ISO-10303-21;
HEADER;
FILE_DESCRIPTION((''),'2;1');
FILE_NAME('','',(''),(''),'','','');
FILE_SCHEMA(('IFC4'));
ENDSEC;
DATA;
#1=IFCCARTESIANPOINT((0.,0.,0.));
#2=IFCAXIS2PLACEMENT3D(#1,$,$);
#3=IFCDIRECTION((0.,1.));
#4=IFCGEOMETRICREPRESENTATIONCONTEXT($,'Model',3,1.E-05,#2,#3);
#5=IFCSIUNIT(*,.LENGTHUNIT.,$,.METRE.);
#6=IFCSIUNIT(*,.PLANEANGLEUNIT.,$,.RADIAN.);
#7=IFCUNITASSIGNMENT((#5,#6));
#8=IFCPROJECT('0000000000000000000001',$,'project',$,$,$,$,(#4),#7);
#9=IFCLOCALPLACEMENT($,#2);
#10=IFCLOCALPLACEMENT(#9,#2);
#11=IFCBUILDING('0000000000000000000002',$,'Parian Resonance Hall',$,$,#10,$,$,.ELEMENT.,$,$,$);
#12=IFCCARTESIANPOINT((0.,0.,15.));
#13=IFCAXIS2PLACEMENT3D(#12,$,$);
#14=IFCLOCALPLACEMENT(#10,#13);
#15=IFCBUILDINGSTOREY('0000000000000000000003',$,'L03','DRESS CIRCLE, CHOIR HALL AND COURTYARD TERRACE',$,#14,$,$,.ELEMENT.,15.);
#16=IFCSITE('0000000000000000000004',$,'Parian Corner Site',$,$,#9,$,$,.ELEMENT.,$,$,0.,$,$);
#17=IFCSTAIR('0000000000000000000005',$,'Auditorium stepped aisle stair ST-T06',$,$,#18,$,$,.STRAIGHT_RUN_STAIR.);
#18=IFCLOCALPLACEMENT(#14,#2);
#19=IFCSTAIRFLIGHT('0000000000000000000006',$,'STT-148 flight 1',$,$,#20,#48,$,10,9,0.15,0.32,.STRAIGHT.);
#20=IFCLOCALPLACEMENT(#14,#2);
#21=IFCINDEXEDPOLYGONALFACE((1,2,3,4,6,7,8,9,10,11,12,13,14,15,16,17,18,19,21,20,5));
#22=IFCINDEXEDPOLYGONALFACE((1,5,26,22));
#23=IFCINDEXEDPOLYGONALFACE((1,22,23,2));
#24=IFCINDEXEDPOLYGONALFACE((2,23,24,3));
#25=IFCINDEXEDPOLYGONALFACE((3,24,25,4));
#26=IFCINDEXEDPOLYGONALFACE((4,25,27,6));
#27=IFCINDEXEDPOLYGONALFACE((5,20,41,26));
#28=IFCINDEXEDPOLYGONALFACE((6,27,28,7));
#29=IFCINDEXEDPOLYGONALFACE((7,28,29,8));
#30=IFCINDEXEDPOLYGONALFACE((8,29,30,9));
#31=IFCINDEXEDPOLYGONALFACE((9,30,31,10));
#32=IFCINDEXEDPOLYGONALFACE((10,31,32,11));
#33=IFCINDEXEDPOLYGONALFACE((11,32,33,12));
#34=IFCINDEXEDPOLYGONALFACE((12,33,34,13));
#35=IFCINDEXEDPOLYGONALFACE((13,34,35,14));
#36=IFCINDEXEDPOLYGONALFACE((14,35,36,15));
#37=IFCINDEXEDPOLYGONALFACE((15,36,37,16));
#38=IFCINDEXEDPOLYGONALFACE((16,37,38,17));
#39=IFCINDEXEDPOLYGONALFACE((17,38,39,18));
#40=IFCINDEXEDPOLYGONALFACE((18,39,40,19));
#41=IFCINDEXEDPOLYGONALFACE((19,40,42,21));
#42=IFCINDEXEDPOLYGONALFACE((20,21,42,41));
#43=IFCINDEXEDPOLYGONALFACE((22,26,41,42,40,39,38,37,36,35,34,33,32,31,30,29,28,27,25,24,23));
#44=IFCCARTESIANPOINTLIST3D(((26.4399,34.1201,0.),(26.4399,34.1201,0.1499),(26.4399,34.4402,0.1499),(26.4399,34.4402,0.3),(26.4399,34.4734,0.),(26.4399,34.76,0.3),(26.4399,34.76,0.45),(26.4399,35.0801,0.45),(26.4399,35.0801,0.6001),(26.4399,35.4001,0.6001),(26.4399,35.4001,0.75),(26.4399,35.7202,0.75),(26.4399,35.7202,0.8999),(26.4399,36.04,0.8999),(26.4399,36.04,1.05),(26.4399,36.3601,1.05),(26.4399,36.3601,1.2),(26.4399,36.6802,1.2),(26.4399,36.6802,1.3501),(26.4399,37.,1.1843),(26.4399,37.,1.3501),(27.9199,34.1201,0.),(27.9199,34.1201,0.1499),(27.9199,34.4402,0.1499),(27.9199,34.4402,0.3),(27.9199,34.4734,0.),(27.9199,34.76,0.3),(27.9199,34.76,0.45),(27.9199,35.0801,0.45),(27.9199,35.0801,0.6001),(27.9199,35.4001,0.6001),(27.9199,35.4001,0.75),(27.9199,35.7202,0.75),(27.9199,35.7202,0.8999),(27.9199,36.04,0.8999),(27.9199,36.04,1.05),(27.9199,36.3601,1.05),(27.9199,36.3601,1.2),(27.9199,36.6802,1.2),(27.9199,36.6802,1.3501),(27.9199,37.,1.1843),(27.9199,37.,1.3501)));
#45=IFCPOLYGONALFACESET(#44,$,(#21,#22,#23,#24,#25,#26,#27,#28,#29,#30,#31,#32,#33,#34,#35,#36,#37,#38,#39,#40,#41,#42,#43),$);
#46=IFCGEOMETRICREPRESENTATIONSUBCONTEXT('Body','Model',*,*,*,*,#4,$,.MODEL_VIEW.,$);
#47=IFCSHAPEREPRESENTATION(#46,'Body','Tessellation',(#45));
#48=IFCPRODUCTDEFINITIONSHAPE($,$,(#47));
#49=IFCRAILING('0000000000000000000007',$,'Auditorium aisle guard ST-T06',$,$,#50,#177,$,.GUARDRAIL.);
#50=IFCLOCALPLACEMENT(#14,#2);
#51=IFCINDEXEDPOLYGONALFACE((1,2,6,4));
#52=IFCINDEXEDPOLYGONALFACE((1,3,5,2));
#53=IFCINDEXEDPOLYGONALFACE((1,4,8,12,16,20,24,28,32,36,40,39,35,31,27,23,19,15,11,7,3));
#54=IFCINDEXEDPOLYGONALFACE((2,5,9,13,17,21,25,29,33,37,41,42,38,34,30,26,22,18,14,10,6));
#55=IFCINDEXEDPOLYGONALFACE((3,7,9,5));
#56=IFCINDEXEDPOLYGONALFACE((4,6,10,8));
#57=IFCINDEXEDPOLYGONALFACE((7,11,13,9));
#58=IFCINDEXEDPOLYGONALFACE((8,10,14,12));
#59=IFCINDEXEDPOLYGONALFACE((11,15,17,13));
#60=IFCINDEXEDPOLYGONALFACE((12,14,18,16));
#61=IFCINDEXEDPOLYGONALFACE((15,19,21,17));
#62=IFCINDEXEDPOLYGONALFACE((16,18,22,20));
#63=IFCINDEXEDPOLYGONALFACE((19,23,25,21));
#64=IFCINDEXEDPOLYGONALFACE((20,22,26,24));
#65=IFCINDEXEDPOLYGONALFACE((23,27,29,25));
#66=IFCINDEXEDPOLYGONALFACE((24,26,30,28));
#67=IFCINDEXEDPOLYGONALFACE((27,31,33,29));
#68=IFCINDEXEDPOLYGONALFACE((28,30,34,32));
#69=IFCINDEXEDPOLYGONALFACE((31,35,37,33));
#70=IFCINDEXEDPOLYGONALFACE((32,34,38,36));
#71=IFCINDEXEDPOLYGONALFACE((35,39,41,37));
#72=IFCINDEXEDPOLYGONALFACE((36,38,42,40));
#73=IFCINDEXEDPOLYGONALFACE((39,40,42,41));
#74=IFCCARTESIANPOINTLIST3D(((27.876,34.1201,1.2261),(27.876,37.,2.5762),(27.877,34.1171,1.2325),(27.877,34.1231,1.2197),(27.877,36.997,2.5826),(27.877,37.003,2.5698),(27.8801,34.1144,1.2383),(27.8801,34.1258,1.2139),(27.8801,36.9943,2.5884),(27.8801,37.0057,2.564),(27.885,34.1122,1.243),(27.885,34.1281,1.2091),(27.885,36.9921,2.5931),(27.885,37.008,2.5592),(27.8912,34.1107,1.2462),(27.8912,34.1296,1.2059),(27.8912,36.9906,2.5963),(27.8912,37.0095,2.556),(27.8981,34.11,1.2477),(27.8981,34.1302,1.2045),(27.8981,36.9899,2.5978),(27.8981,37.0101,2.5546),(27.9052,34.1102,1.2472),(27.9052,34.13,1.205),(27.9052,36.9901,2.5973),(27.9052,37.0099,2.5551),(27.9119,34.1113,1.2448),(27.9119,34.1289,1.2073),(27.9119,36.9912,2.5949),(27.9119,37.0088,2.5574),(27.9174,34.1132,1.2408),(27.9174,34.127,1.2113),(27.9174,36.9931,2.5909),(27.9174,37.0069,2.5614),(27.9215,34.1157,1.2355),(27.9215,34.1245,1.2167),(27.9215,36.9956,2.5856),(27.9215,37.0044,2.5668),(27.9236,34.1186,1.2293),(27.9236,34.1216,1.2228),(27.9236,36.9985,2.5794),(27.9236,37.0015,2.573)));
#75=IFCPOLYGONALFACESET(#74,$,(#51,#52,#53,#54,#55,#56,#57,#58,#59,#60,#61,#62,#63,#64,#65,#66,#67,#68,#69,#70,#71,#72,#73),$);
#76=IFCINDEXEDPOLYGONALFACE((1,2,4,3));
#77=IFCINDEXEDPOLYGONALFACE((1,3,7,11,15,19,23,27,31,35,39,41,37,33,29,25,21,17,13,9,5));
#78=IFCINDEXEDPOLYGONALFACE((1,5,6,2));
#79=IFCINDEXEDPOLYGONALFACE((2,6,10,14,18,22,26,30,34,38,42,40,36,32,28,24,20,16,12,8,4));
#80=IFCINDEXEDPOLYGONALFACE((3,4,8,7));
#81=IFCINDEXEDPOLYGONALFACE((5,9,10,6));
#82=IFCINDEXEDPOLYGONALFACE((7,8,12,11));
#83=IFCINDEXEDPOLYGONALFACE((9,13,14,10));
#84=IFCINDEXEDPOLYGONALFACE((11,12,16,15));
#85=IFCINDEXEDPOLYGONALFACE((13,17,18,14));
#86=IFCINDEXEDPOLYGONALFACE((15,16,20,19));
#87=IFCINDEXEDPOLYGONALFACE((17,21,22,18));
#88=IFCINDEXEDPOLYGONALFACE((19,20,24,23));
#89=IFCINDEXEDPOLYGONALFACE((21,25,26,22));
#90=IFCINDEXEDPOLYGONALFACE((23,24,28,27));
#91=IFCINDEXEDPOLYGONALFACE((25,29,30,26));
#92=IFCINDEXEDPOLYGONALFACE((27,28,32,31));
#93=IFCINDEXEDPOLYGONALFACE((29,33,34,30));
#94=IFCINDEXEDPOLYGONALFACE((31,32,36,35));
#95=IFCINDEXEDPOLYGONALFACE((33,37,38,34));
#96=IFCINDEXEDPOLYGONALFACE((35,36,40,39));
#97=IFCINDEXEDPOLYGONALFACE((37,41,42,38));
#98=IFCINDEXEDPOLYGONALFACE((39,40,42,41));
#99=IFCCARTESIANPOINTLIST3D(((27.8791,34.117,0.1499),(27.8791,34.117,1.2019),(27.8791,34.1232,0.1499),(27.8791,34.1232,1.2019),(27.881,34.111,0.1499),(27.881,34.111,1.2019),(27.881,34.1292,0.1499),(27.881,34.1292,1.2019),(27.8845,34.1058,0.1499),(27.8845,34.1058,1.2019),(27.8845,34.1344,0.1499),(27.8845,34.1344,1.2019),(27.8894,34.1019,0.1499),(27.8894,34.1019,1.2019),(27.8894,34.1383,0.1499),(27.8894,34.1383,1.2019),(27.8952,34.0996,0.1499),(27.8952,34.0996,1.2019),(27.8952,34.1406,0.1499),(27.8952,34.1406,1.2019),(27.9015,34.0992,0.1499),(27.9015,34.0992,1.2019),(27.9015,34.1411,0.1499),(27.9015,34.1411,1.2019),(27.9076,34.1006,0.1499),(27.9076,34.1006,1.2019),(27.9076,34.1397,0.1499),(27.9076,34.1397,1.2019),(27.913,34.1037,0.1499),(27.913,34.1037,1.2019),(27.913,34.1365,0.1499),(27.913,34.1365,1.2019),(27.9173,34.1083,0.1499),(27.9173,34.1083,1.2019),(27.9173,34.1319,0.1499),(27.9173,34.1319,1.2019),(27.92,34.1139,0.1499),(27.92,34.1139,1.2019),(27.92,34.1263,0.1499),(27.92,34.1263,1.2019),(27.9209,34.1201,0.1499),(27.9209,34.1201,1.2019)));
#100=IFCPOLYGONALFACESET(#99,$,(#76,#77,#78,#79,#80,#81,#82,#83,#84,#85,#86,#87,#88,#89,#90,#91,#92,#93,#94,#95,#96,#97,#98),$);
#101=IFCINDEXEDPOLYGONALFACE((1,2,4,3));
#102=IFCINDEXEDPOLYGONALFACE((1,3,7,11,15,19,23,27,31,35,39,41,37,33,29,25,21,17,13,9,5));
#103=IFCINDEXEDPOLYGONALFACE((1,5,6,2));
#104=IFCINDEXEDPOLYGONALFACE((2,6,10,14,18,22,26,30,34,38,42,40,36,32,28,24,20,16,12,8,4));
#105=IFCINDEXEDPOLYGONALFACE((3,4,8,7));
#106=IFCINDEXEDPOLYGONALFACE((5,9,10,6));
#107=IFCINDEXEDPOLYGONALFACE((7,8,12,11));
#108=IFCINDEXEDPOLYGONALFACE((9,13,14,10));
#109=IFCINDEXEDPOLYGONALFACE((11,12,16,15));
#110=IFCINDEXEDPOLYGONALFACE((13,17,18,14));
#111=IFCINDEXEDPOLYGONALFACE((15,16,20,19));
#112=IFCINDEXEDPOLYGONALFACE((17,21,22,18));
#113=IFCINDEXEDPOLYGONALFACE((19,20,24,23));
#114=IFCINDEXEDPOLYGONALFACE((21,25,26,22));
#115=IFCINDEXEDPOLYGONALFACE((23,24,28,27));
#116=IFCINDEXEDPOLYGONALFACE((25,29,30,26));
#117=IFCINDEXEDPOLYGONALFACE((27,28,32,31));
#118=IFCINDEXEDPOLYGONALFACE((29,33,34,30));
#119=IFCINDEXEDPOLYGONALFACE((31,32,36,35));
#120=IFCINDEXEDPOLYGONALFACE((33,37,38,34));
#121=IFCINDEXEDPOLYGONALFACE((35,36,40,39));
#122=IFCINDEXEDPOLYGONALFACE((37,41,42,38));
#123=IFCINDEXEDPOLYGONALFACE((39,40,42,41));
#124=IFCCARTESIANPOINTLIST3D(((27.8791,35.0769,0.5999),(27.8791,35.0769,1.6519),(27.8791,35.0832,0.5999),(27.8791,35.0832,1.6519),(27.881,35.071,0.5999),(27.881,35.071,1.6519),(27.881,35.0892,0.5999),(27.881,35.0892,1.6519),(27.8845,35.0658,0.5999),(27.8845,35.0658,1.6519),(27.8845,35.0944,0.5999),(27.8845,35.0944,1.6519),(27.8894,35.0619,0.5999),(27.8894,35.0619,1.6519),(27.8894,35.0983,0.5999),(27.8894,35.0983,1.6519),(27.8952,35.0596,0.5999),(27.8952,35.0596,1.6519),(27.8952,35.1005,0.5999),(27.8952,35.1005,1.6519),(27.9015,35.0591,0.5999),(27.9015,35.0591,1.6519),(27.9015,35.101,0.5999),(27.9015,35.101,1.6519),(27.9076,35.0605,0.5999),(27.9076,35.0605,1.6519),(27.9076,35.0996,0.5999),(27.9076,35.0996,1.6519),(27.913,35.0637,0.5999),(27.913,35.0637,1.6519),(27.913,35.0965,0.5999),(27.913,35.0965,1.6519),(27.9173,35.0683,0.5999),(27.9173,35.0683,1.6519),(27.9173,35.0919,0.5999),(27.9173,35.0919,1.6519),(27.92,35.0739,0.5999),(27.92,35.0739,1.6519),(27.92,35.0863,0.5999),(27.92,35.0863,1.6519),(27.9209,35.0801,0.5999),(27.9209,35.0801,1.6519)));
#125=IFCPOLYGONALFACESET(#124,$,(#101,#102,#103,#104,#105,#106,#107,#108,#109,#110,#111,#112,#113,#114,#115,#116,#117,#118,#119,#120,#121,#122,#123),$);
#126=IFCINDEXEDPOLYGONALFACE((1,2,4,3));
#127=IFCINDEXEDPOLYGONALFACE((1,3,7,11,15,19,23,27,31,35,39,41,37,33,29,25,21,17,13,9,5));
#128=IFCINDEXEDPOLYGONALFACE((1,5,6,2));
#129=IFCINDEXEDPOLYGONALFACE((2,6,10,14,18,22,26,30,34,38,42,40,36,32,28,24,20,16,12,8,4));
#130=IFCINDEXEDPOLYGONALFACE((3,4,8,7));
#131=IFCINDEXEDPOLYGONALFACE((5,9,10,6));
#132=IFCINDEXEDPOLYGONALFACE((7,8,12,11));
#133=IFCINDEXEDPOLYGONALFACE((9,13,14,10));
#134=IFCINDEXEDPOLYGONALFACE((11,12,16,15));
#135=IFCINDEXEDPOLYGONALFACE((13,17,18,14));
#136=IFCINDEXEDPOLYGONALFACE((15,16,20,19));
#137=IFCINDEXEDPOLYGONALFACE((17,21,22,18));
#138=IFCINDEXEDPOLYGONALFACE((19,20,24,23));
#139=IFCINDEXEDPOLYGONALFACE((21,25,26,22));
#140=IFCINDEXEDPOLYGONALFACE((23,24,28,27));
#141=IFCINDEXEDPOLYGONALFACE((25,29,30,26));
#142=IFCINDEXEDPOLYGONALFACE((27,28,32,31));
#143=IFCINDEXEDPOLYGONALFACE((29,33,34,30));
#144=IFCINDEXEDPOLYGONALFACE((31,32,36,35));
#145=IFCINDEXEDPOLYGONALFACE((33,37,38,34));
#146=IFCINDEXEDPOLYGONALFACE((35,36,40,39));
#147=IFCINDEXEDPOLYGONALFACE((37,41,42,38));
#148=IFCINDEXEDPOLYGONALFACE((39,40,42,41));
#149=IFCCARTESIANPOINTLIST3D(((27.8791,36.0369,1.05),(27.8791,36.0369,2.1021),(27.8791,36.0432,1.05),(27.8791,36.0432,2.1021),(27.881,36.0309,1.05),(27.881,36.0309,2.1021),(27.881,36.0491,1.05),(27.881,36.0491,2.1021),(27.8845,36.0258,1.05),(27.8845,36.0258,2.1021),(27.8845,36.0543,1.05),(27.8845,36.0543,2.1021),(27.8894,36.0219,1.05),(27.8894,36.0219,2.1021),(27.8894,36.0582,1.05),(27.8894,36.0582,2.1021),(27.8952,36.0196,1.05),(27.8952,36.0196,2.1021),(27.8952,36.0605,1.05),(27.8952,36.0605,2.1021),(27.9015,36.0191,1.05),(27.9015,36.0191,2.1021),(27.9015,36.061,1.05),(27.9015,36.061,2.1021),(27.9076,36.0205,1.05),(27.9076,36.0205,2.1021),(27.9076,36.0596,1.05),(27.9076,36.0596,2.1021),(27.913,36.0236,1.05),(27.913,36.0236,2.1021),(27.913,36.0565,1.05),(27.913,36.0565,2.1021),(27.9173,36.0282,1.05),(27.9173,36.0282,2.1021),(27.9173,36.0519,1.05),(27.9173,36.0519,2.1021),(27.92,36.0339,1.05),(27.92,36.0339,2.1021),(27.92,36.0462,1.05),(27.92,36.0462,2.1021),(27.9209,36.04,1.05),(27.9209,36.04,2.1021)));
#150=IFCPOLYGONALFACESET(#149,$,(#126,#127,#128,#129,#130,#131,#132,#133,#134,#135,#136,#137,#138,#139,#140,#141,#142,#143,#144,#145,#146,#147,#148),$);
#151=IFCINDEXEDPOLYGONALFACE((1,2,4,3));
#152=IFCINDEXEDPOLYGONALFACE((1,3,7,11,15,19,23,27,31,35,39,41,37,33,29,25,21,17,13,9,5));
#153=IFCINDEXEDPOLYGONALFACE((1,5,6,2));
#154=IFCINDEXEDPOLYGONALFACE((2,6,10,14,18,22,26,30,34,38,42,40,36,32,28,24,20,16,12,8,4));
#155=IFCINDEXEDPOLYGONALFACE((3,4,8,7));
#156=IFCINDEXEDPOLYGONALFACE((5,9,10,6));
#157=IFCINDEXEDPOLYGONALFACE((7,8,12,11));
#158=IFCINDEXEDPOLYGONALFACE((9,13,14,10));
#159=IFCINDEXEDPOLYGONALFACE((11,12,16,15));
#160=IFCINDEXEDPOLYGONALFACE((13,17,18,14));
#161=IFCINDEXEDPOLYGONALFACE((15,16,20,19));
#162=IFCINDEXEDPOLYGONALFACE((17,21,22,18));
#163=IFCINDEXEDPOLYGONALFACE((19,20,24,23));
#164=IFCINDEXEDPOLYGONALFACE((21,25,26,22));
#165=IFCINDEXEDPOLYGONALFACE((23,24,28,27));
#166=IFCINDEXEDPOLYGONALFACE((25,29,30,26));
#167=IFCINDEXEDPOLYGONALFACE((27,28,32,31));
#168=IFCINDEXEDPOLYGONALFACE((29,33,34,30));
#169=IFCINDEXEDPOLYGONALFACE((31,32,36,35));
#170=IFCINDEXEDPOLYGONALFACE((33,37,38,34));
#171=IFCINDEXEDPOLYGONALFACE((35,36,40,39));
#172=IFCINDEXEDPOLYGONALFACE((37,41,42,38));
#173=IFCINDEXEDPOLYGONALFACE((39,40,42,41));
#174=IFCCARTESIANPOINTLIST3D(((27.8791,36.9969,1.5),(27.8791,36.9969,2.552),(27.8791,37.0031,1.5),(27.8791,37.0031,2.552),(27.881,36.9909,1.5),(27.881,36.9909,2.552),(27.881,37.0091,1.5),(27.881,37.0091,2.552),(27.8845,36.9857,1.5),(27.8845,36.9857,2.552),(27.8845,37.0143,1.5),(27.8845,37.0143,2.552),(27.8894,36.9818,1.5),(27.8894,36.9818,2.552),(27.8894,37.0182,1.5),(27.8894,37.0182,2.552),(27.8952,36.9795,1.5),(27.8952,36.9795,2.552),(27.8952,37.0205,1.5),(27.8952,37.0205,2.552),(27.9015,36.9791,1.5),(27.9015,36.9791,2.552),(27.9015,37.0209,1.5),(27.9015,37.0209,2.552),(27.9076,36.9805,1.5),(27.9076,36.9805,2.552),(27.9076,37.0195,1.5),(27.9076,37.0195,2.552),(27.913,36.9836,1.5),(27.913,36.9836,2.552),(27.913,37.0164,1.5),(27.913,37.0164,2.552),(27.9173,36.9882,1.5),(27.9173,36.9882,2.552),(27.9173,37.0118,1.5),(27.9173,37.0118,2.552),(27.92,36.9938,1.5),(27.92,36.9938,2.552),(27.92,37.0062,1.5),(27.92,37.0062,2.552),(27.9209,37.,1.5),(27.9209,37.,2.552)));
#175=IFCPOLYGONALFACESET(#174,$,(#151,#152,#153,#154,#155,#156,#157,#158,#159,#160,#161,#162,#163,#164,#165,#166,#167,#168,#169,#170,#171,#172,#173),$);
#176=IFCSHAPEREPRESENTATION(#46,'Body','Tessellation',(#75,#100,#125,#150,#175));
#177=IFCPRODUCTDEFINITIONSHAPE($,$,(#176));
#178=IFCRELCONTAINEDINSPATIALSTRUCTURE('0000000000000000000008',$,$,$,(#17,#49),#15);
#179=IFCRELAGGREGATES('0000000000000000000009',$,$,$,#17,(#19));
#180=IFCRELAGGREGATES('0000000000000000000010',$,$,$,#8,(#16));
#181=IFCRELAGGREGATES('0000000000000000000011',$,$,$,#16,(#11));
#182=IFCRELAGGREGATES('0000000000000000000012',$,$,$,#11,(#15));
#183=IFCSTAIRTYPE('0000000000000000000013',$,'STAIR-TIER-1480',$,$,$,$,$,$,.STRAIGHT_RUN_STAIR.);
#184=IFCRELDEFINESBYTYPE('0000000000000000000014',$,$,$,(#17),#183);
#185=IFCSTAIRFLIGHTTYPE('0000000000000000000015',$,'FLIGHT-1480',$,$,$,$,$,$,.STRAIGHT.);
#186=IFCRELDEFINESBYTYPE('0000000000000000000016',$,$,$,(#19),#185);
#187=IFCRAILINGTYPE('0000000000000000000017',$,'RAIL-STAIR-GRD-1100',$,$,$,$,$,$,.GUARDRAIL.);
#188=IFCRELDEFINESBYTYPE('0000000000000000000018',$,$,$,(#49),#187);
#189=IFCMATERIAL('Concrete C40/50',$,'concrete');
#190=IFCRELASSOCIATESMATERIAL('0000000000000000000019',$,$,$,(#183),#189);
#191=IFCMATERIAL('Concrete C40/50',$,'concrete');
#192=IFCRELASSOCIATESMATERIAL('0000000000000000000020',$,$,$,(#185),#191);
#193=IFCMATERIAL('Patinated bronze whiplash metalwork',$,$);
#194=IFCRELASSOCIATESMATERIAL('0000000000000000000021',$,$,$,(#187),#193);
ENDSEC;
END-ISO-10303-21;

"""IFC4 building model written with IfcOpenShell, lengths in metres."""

from ifc_helpers import new_model, si_unit, direction, frame, origin, origin_2d, place, context, subcontext, project, spatial, polyline, circle, outline, extrude, material, type_object, element, aggregate, save


model = new_model("IFC4")

# Units and contexts
model_context = context("Model", 3, precision=1e-05, world=origin(), true_north=direction((0.0, 1.0)))
body_context = subcontext(model_context, "Body", "Model", "MODEL_VIEW")
ifc_project = project(units=[si_unit("LENGTHUNIT", "METRE"), si_unit("PLANEANGLEUNIT", "RADIAN")], contexts=[model_context])

# Site, building, storey
site_placement = place(None, origin())
site = spatial("IfcSite", under=ifc_project, at=site_placement, Name="Parian Corner Site", CompositionType="ELEMENT", RefElevation=0.0)
building_placement = place(site_placement, origin())
building = spatial("IfcBuilding", under=site, at=building_placement, Name="Parian Resonance Hall", CompositionType="ELEMENT")
storey_placement = place(building_placement, frame((0.0, 0.0, 15.0)))
storey = spatial("IfcBuildingStorey", under=building, at=storey_placement, Name="L03", Description="DRESS CIRCLE, CHOIR HALL AND COURTYARD TERRACE", CompositionType="ELEMENT", Elevation=15.0)

# Stair, stair flight
ifc_material_1 = material(Name="Concrete C40/50", Category="concrete")
stair_type = type_object("IfcStairType", Name="STAIR-TIER-1480", PredefinedType="STRAIGHT_RUN_STAIR", material=ifc_material_1)
stair_placement = place(storey_placement, origin())
stair = element("IfcStair", 1, at=stair_placement, inside=storey, type_object=stair_type, Name="Auditorium stepped aisle stair ST-T06", PredefinedType="STRAIGHT_RUN_STAIR")
ifc_material_2 = material(Name="Concrete C40/50", Category="concrete")
stair_flight_type = type_object("IfcStairFlightType", Name="FLIGHT-1480", PredefinedType="STRAIGHT", material=ifc_material_2)
stair_flight_placement = place(storey_placement, frame((27.1799, 34.1201, 0.0), z_axis=(0.0, 0.0, 1.0), x_axis=(0.0, 1.0, 0.0)))
stair_flight = element("IfcStairFlight", 2, at=stair_flight_placement, type_object=stair_flight_type, Name="STT-148 flight 1", NumberOfRisers=10, NumberOfTreads=9, PredefinedType="STRAIGHT", RiserHeight=0.15, TreadLength=0.32, context=body_context, shape_type="SweptSolid", body=[
    extrude(outline(polyline([(0.0, 0.0), (0.0, 0.1499), (0.3201, 0.1499), (0.3201, 0.3), (0.6399, 0.3), (0.6399, 0.45), (0.96, 0.45), (0.96, 0.6001), (1.28, 0.6001), (1.28, 0.75), (1.6001, 0.75), (1.6001, 0.8999), (1.9199, 0.8999), (1.9199, 1.05), (2.24, 1.05), (2.24, 1.2), (2.5601, 1.2), (2.5601, 1.3501), (2.8799, 1.3501), (2.8799, 1.5), (2.8799, 1.1843), (0.3533, 0.0), (0.0, 0.0)])), frame((0.0, 0.74, 0.0), z_axis=(0.0, -1.0, 0.0), x_axis=(1.0, 0.0, 0.0)), (0.0, 0.0, 1.0), 1.48),
])
aggregate(stair, [stair_flight])

# Railing
ifc_material_3 = material(Name="Patinated bronze whiplash metalwork")
railing_type_1 = type_object("IfcRailingType", Name="RAIL-STAIR-GRD-1100", PredefinedType="GUARDRAIL", material=ifc_material_3)
railing_1_placement = place(storey_placement, frame((27.8999, 34.1201, 0.1499)))
element("IfcRailing", 3, at=railing_1_placement, inside=storey, type_object=railing_type_1, Name="Auditorium aisle guard ST-T06", PredefinedType="GUARDRAIL", context=body_context, shape_type="SweptSolid", body=[
    extrude(circle(Radius=0.0239, at=origin_2d()), frame((0.0, 0.0, 1.0762), z_axis=(0.0, 0.90544, 0.424473), x_axis=(-1.0, 0.0, 0.0)), (0.0, 0.0, 1.0), 3.1807),
    extrude(circle(Radius=0.021, at=origin_2d()), origin(), (0.0, 0.0, 1.0), 1.052),
    extrude(circle(Radius=0.021, at=origin_2d()), frame((0.0, 0.96, 0.45)), (0.0, 0.0, 1.0), 1.052),
    extrude(circle(Radius=0.021, at=origin_2d()), frame((0.0, 1.9199, 0.9001)), (0.0, 0.0, 1.0), 1.052),
    extrude(circle(Radius=0.021, at=origin_2d()), frame((0.0, 2.8799, 1.3501)), (0.0, 0.0, 1.0), 1.052),
])

save(model, "model.ifc")
